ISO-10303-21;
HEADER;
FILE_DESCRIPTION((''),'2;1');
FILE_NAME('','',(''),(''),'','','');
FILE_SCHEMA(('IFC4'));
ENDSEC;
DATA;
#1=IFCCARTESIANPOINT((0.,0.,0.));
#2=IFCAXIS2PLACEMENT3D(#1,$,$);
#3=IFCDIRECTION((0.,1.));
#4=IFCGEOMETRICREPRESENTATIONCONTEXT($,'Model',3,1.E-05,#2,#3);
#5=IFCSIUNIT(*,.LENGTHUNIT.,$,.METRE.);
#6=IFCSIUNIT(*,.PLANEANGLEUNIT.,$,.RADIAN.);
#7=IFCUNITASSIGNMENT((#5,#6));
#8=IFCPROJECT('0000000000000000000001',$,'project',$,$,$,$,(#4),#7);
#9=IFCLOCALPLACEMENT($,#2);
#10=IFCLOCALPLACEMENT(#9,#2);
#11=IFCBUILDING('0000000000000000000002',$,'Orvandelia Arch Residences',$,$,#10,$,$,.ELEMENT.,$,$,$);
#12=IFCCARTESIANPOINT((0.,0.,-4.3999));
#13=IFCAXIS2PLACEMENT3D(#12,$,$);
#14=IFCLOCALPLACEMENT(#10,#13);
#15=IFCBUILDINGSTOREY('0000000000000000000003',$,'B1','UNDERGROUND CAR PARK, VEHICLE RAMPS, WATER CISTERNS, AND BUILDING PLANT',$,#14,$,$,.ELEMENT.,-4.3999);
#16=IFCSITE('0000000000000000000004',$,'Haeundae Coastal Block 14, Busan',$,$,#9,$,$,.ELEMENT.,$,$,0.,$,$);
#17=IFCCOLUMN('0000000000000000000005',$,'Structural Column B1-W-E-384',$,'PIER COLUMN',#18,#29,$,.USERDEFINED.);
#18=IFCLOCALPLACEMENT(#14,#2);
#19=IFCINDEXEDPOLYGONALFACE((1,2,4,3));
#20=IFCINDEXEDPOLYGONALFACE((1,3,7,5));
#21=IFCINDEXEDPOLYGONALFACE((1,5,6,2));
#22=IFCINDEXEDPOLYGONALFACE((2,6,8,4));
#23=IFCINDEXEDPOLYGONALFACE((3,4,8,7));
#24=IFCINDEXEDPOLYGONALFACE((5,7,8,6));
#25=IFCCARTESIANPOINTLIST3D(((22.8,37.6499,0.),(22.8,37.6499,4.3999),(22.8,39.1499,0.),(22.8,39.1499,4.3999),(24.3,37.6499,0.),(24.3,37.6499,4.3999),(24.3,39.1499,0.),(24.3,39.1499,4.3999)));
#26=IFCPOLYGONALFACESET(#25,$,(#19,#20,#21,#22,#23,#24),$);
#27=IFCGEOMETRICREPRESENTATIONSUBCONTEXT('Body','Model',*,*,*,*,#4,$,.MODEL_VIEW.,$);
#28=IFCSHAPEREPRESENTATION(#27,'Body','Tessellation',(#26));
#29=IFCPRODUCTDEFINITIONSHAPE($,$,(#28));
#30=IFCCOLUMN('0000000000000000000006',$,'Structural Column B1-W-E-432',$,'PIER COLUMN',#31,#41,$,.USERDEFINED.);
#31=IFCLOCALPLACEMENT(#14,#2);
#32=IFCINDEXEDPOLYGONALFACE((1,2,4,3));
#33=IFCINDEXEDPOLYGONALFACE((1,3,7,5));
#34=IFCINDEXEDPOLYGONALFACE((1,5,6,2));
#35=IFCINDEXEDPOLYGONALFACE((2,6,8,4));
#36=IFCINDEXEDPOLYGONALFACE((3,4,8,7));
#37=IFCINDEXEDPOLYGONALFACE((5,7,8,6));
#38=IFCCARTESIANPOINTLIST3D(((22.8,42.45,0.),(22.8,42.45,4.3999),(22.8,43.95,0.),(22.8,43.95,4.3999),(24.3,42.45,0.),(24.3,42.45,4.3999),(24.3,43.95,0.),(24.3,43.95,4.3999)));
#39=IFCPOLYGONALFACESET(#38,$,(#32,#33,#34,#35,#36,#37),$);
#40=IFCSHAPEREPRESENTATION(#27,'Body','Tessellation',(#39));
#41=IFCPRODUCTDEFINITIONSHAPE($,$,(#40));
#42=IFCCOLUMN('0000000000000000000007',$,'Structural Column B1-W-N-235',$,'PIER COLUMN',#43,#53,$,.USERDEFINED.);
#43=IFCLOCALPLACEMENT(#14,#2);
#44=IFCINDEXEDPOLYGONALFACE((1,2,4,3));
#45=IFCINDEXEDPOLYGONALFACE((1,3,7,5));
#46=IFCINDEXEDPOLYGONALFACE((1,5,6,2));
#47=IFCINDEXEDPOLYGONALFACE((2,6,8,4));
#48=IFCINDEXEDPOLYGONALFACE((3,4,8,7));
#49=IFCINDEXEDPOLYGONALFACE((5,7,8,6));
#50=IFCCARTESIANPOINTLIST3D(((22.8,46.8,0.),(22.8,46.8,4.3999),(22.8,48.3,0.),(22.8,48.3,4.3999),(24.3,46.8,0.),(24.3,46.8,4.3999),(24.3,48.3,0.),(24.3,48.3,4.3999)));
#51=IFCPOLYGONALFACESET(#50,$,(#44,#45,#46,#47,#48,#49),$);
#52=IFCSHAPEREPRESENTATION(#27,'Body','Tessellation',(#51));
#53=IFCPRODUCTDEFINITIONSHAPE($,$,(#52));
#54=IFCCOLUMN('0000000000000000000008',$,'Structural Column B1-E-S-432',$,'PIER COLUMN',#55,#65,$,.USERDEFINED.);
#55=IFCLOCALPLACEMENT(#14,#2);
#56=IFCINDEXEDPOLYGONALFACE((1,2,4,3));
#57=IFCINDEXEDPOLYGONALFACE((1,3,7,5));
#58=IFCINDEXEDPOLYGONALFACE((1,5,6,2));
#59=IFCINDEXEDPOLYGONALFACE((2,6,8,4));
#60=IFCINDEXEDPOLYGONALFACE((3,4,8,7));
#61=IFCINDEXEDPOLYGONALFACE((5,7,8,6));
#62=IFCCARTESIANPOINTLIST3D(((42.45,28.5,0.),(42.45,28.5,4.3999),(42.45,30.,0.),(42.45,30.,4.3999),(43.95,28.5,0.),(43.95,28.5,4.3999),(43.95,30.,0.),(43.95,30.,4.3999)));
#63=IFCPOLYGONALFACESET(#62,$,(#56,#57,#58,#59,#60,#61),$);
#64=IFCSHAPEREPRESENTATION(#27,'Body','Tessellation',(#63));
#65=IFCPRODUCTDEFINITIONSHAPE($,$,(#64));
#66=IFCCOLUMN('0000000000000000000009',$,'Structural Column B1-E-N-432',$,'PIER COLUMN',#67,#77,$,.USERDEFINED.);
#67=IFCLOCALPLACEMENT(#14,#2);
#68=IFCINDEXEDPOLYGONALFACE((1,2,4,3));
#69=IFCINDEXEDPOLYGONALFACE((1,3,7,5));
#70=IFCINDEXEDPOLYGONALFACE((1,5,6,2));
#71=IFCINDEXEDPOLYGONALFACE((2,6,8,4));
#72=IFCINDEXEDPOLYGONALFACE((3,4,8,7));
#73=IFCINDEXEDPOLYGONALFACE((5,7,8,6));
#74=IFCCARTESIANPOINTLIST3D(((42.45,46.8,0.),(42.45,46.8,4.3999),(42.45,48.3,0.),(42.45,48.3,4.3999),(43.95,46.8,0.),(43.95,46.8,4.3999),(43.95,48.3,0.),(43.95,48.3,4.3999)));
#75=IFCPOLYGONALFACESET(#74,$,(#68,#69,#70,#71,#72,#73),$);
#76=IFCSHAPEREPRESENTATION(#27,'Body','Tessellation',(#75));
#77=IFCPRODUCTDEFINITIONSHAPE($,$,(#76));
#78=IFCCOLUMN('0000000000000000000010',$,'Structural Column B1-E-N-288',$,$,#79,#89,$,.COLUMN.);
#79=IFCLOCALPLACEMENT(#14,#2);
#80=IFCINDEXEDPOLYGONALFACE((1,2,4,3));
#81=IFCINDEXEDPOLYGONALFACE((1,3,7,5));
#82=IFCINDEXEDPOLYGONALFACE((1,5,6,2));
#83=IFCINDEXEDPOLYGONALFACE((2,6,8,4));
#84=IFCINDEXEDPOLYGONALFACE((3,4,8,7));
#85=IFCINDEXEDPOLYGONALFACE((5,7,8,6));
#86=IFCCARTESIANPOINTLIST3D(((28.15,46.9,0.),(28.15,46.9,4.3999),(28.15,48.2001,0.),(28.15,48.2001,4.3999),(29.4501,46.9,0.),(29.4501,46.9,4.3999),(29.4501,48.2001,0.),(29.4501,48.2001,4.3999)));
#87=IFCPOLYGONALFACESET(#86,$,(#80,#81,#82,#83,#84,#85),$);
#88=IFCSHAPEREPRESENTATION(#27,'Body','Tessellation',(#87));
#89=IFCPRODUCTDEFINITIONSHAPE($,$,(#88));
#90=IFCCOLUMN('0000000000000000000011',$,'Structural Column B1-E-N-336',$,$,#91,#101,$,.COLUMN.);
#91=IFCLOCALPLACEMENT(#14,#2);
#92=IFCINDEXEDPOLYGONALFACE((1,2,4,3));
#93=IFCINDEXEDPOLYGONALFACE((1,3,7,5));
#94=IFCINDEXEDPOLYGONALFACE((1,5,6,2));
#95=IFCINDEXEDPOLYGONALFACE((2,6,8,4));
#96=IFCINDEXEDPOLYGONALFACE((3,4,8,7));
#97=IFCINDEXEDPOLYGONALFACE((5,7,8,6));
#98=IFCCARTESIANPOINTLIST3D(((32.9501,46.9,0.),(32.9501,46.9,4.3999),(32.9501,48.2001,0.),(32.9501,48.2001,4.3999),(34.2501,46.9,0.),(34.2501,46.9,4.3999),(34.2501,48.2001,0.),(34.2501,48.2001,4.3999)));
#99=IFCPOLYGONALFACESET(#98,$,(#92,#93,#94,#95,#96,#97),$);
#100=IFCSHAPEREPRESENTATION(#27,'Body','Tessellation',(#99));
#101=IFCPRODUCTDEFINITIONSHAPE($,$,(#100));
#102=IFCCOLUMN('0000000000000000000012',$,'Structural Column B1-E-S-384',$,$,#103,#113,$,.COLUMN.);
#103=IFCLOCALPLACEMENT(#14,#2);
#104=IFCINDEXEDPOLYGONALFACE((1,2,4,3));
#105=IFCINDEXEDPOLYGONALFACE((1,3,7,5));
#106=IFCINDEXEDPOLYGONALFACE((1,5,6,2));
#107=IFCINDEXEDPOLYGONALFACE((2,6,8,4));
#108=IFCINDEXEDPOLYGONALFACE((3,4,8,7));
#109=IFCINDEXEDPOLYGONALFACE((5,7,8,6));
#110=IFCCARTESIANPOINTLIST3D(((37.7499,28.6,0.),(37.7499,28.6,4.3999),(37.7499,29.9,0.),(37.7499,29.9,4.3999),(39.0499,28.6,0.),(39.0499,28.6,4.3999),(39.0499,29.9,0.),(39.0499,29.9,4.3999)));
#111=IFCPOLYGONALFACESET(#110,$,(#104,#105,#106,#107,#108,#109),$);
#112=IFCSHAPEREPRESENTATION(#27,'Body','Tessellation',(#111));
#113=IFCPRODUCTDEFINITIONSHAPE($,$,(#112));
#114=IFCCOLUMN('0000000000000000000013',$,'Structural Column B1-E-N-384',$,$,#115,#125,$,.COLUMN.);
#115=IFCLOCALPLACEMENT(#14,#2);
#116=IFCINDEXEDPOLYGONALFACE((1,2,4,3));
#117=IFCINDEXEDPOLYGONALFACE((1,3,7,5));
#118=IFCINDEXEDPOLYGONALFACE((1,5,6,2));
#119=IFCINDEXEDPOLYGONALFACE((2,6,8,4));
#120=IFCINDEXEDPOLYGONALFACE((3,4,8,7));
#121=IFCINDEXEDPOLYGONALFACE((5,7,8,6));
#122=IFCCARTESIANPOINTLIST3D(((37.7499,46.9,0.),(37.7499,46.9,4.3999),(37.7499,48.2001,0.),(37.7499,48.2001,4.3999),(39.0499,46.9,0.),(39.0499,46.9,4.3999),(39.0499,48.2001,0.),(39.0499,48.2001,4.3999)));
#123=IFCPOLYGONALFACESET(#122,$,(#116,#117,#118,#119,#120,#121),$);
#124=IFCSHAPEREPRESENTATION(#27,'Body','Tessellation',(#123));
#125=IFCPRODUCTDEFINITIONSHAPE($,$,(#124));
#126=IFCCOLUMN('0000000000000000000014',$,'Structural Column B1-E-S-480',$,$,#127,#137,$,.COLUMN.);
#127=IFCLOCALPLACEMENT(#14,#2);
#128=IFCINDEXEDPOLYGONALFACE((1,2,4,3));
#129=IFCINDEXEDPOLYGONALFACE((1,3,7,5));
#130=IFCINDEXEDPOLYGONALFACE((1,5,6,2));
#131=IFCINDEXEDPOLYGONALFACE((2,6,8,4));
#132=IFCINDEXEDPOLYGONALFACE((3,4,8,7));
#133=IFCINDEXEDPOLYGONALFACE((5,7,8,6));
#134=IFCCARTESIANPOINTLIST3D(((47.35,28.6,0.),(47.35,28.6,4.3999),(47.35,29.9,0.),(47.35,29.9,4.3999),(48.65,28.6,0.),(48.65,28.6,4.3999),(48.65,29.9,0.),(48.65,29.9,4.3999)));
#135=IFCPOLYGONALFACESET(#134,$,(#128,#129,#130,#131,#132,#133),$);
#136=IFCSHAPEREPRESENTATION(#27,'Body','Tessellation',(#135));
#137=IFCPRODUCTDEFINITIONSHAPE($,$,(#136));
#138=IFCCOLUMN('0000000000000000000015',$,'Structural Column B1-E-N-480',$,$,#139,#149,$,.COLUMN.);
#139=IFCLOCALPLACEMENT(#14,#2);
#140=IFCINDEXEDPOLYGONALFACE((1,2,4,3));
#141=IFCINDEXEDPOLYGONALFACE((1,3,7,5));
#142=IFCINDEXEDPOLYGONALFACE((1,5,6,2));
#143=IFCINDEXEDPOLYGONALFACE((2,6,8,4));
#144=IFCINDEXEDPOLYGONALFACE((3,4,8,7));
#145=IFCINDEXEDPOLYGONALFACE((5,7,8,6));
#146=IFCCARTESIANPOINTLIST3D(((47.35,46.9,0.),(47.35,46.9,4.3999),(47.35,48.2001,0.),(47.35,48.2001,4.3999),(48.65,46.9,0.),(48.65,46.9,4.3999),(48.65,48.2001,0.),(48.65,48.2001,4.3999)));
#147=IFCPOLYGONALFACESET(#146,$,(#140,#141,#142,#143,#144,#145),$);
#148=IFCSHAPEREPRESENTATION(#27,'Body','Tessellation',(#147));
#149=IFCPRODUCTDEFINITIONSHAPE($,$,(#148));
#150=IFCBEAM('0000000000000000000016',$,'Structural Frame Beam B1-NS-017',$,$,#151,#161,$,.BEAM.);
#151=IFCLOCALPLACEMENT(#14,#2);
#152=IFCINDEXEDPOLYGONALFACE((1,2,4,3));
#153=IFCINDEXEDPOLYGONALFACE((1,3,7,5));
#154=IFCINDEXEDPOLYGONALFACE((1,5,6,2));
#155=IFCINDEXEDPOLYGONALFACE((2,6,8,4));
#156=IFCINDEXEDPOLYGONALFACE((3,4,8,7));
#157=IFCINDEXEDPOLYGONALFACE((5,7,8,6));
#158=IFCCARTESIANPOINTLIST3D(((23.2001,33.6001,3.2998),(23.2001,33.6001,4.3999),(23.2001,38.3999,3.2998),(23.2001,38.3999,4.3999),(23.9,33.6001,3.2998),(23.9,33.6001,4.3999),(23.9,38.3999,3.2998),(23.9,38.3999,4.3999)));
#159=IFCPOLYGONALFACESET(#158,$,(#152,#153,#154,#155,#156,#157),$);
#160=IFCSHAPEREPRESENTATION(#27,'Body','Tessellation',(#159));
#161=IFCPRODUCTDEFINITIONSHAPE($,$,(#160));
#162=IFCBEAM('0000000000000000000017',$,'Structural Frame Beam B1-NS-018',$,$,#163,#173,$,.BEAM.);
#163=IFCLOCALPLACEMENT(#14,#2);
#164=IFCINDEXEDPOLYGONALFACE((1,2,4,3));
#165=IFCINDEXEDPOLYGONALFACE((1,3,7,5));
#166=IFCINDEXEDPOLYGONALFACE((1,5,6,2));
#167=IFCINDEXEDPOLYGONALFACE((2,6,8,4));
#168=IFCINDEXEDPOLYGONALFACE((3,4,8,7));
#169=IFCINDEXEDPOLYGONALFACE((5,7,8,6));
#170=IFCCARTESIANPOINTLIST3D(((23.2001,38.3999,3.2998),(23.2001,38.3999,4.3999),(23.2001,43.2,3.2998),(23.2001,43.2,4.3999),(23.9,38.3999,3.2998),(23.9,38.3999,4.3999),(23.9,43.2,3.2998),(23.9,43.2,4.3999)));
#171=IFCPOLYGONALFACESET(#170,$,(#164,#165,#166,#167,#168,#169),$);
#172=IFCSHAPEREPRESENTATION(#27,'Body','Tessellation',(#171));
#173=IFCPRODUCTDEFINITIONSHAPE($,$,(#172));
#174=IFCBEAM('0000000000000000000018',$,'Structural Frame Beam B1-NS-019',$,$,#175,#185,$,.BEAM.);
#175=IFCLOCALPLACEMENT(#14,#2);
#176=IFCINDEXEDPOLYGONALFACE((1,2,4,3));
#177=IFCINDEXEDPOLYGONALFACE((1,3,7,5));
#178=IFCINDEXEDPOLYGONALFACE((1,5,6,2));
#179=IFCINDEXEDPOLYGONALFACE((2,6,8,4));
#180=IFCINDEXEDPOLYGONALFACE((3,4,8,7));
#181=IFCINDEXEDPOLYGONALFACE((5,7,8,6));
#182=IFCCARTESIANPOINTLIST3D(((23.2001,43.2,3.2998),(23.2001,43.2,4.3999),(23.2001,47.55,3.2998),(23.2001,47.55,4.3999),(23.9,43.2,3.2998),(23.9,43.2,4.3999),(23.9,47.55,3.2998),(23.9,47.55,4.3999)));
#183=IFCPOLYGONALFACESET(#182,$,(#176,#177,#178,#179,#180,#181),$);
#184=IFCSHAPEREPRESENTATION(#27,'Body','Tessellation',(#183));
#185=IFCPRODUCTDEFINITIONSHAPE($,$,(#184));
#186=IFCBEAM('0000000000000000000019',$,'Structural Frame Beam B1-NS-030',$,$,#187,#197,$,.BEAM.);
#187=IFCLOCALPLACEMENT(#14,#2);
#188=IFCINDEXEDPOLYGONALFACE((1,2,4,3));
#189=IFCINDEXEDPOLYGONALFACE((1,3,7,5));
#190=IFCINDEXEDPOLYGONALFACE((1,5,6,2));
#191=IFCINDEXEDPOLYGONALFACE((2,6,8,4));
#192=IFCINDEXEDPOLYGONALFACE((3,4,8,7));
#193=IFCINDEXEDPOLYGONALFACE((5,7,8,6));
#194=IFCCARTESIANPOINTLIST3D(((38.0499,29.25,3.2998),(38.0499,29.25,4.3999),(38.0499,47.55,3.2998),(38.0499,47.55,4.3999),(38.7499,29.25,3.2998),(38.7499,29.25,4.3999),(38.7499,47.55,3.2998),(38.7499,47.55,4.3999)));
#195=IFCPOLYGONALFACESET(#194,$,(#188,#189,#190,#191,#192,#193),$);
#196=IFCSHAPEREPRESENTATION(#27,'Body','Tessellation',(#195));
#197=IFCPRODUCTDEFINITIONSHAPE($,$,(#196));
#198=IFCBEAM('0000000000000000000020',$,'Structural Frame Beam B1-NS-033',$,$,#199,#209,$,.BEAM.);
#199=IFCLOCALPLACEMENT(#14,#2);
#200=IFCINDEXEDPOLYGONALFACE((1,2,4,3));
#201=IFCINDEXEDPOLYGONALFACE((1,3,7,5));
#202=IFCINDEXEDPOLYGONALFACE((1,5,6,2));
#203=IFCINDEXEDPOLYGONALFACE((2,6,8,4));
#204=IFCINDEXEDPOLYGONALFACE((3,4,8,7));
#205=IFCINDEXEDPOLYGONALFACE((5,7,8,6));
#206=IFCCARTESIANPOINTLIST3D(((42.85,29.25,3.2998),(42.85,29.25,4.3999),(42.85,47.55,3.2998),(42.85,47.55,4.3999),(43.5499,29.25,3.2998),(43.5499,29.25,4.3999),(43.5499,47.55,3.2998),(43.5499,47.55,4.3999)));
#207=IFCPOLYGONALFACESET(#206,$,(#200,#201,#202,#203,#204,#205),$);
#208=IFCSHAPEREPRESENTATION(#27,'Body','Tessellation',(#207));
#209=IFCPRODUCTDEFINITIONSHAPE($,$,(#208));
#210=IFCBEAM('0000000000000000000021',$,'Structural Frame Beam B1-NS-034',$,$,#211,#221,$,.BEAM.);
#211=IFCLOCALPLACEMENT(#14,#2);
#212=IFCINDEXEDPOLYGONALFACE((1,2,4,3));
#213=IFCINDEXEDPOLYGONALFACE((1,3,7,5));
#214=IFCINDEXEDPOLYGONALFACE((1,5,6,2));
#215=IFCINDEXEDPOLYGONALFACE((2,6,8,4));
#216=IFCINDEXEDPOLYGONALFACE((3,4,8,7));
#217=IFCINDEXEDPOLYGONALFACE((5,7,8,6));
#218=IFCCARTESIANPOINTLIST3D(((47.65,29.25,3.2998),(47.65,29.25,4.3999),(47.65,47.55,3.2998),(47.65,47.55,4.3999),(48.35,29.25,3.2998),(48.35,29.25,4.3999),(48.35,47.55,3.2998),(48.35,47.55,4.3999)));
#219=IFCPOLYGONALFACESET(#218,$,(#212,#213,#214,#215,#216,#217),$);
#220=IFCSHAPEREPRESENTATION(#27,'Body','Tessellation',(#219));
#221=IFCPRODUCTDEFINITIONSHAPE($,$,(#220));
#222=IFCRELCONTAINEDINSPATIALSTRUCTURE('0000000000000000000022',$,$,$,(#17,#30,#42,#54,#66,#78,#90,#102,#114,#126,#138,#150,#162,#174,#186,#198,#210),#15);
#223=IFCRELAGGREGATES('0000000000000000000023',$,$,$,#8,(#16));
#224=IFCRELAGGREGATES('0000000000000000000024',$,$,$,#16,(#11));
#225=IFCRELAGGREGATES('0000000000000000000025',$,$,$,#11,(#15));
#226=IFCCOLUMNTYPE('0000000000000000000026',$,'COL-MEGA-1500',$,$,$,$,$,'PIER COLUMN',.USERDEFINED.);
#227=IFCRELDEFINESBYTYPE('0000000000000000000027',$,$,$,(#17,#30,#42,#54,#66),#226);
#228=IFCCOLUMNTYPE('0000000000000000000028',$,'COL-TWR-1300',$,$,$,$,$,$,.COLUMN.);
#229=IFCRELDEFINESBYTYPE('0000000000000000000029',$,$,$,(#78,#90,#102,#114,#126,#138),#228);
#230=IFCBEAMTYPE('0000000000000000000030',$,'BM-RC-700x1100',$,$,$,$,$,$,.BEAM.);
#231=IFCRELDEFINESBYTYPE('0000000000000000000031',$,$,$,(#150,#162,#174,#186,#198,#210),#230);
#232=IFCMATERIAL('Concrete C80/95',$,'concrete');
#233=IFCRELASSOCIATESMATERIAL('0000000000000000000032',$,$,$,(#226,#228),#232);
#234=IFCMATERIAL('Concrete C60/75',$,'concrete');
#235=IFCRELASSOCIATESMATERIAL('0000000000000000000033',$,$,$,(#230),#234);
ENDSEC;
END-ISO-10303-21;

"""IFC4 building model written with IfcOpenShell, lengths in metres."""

from ifc_helpers import new_model, si_unit, direction, frame, origin, origin_2d, place, context, subcontext, project, spatial, rectangle, extrude, material, material_profile, profile_set, type_object, element, save


model = new_model("IFC4")

# Units and contexts
model_context = context("Model", 3, precision=1e-05, world=origin(), true_north=direction((0.0, 1.0)))
body_context = subcontext(model_context, "Body", "Model", "MODEL_VIEW")
ifc_project = project(units=[si_unit("LENGTHUNIT", "METRE"), si_unit("PLANEANGLEUNIT", "RADIAN")], contexts=[model_context])

# Site, building, storey
site_placement = place(None, origin())
site = spatial("IfcSite", under=ifc_project, at=site_placement, Name="Haeundae Coastal Block 14, Busan", CompositionType="ELEMENT", RefElevation=0.0)
building_placement = place(site_placement, origin())
building = spatial("IfcBuilding", under=site, at=building_placement, Name="Orvandelia Arch Residences", CompositionType="ELEMENT")
storey_placement = place(building_placement, frame((0.0, 0.0, -4.3999)))
storey = spatial("IfcBuildingStorey", under=building, at=storey_placement, Name="B1", Description="UNDERGROUND CAR PARK, VEHICLE RAMPS, WATER CISTERNS, AND BUILDING PLANT", CompositionType="ELEMENT", Elevation=-4.3999)

# Columns
ifc_material_1 = material(Name="Concrete C80/95", Category="concrete")
ifc_material_profile_1 = material_profile(ifc_material_1, rectangle(XDim=1.5, YDim=1.5, at=origin_2d()), Name="Concrete C80/95", Category="concrete")
ifc_profile_set_1 = profile_set([ifc_material_profile_1], Name="Concrete C80/95")
column_type_1 = type_object("IfcColumnType", Name="COL-MEGA-1500", ElementType="PIER COLUMN", PredefinedType="USERDEFINED", material=ifc_profile_set_1)
for number, where, z_axis, x_axis, name in (
    (1, (23.55, 38.3999, 0.0), (0.0, 0.0, 1.0), (1.0, 0.0, 0.0), "Structural Column B1-W-E-384"),
    (2, (23.55, 43.2, 0.0), (0.0, 0.0, 1.0), (1.0, 0.0, 0.0), "Structural Column B1-W-E-432"),
    (3, (23.55, 47.55, 0.0), (0.0, 0.0, 1.0), (1.0, 0.0, 0.0), "Structural Column B1-W-N-235"),
    (4, (43.2, 29.25, 0.0), (0.0, 0.0, 1.0), (1.0, 0.0, 0.0), "Structural Column B1-E-S-432"),
    (5, (43.2, 47.55, 0.0), (0.0, 0.0, 1.0), (1.0, 0.0, 0.0), "Structural Column B1-E-N-432"),
):
    element("IfcColumn", number, at=place(storey_placement, frame(where, z_axis=z_axis, x_axis=x_axis)), inside=storey, type_object=column_type_1, Name=name, ObjectType="PIER COLUMN", PredefinedType="USERDEFINED", context=body_context, shape_type="SweptSolid", body=[
        extrude(rectangle(XDim=1.5, YDim=1.5, at=origin_2d()), origin(), (0.0, 0.0, 1.0), 4.3999),
    ])
ifc_material_profile_2 = material_profile(ifc_material_1, rectangle(XDim=1.3, YDim=1.3, at=origin_2d()), Name="Concrete C80/95", Category="concrete")
ifc_profile_set_2 = profile_set([ifc_material_profile_2], Name="Concrete C80/95")
column_type_2 = type_object("IfcColumnType", Name="COL-TWR-1300", PredefinedType="COLUMN", material=ifc_profile_set_2)
for number, where, z_axis, x_axis, name in (
    (6, (28.8, 47.55, 0.0), (0.0, 0.0, 1.0), (1.0, 0.0, 0.0), "Structural Column B1-E-N-288"),
    (7, (33.6001, 47.55, 0.0), (0.0, 0.0, 1.0), (1.0, 0.0, 0.0), "Structural Column B1-E-N-336"),
    (8, (38.3999, 29.25, 0.0), (0.0, 0.0, 1.0), (1.0, 0.0, 0.0), "Structural Column B1-E-S-384"),
    (9, (38.3999, 47.55, 0.0), (0.0, 0.0, 1.0), (1.0, 0.0, 0.0), "Structural Column B1-E-N-384"),
    (10, (48.0, 29.25, 0.0), (0.0, 0.0, 1.0), (1.0, 0.0, 0.0), "Structural Column B1-E-S-480"),
    (11, (48.0, 47.55, 0.0), (0.0, 0.0, 1.0), (1.0, 0.0, 0.0), "Structural Column B1-E-N-480"),
):
    element("IfcColumn", number, at=place(storey_placement, frame(where, z_axis=z_axis, x_axis=x_axis)), inside=storey, type_object=column_type_2, Name=name, PredefinedType="COLUMN", context=body_context, shape_type="SweptSolid", body=[
        extrude(rectangle(XDim=1.3, YDim=1.3, at=origin_2d()), origin(), (0.0, 0.0, 1.0), 4.3999),
    ])

# Beams
ifc_material_2 = material(Name="Concrete C60/75", Category="concrete")
ifc_material_profile_3 = material_profile(ifc_material_2, rectangle(XDim=0.7, YDim=1.1001, at=origin_2d()), Name="Concrete C60/75", Category="concrete")
ifc_profile_set_3 = profile_set([ifc_material_profile_3], Name="Concrete C60/75")
beam_type = type_object("IfcBeamType", Name="BM-RC-700x1100", PredefinedType="BEAM", material=ifc_profile_set_3)
beam_1_placement = place(storey_placement, frame((23.55, 33.6001, 3.8499), z_axis=(0.0, 1.0, 0.0), x_axis=(-1.0, 0.0, 0.0)))
element("IfcBeam", 12, at=beam_1_placement, inside=storey, type_object=beam_type, Name="Structural Frame Beam B1-NS-017", PredefinedType="BEAM", context=body_context, shape_type="SweptSolid", body=[
    extrude(rectangle(XDim=0.7, YDim=1.1001, at=origin_2d()), origin(), (0.0, 0.0, 1.0), 4.7998),
])
beam_2_placement = place(storey_placement, frame((23.55, 38.3999, 3.8499), z_axis=(0.0, 1.0, 0.0), x_axis=(-1.0, 0.0, 0.0)))
element("IfcBeam", 13, at=beam_2_placement, inside=storey, type_object=beam_type, Name="Structural Frame Beam B1-NS-018", PredefinedType="BEAM", context=body_context, shape_type="SweptSolid", body=[
    extrude(rectangle(XDim=0.7, YDim=1.1001, at=origin_2d()), origin(), (0.0, 0.0, 1.0), 4.8),
])
beam_3_placement = place(storey_placement, frame((23.55, 43.2, 3.8499), z_axis=(0.0, 1.0, 0.0), x_axis=(-1.0, 0.0, 0.0)))
element("IfcBeam", 14, at=beam_3_placement, inside=storey, type_object=beam_type, Name="Structural Frame Beam B1-NS-019", PredefinedType="BEAM", context=body_context, shape_type="SweptSolid", body=[
    extrude(rectangle(XDim=0.7, YDim=1.1001, at=origin_2d()), origin(), (0.0, 0.0, 1.0), 4.3501),
])
for number, where, z_axis, x_axis, name in (
    (15, (38.3999, 29.25, 3.8499), (0.0, 1.0, 0.0), (-1.0, 0.0, 0.0), "Structural Frame Beam B1-NS-030"),
    (16, (43.2, 29.25, 3.8499), (0.0, 1.0, 0.0), (-1.0, 0.0, 0.0), "Structural Frame Beam B1-NS-033"),
    (17, (48.0, 29.25, 3.8499), (0.0, 1.0, 0.0), (-1.0, 0.0, 0.0), "Structural Frame Beam B1-NS-034"),
):
    element("IfcBeam", number, at=place(storey_placement, frame(where, z_axis=z_axis, x_axis=x_axis)), inside=storey, type_object=beam_type, Name=name, PredefinedType="BEAM", context=body_context, shape_type="SweptSolid", body=[
        extrude(rectangle(XDim=0.7, YDim=1.1001, at=origin_2d()), origin(), (0.0, 0.0, 1.0), 18.3),
    ])

save(model, "model.ifc")
